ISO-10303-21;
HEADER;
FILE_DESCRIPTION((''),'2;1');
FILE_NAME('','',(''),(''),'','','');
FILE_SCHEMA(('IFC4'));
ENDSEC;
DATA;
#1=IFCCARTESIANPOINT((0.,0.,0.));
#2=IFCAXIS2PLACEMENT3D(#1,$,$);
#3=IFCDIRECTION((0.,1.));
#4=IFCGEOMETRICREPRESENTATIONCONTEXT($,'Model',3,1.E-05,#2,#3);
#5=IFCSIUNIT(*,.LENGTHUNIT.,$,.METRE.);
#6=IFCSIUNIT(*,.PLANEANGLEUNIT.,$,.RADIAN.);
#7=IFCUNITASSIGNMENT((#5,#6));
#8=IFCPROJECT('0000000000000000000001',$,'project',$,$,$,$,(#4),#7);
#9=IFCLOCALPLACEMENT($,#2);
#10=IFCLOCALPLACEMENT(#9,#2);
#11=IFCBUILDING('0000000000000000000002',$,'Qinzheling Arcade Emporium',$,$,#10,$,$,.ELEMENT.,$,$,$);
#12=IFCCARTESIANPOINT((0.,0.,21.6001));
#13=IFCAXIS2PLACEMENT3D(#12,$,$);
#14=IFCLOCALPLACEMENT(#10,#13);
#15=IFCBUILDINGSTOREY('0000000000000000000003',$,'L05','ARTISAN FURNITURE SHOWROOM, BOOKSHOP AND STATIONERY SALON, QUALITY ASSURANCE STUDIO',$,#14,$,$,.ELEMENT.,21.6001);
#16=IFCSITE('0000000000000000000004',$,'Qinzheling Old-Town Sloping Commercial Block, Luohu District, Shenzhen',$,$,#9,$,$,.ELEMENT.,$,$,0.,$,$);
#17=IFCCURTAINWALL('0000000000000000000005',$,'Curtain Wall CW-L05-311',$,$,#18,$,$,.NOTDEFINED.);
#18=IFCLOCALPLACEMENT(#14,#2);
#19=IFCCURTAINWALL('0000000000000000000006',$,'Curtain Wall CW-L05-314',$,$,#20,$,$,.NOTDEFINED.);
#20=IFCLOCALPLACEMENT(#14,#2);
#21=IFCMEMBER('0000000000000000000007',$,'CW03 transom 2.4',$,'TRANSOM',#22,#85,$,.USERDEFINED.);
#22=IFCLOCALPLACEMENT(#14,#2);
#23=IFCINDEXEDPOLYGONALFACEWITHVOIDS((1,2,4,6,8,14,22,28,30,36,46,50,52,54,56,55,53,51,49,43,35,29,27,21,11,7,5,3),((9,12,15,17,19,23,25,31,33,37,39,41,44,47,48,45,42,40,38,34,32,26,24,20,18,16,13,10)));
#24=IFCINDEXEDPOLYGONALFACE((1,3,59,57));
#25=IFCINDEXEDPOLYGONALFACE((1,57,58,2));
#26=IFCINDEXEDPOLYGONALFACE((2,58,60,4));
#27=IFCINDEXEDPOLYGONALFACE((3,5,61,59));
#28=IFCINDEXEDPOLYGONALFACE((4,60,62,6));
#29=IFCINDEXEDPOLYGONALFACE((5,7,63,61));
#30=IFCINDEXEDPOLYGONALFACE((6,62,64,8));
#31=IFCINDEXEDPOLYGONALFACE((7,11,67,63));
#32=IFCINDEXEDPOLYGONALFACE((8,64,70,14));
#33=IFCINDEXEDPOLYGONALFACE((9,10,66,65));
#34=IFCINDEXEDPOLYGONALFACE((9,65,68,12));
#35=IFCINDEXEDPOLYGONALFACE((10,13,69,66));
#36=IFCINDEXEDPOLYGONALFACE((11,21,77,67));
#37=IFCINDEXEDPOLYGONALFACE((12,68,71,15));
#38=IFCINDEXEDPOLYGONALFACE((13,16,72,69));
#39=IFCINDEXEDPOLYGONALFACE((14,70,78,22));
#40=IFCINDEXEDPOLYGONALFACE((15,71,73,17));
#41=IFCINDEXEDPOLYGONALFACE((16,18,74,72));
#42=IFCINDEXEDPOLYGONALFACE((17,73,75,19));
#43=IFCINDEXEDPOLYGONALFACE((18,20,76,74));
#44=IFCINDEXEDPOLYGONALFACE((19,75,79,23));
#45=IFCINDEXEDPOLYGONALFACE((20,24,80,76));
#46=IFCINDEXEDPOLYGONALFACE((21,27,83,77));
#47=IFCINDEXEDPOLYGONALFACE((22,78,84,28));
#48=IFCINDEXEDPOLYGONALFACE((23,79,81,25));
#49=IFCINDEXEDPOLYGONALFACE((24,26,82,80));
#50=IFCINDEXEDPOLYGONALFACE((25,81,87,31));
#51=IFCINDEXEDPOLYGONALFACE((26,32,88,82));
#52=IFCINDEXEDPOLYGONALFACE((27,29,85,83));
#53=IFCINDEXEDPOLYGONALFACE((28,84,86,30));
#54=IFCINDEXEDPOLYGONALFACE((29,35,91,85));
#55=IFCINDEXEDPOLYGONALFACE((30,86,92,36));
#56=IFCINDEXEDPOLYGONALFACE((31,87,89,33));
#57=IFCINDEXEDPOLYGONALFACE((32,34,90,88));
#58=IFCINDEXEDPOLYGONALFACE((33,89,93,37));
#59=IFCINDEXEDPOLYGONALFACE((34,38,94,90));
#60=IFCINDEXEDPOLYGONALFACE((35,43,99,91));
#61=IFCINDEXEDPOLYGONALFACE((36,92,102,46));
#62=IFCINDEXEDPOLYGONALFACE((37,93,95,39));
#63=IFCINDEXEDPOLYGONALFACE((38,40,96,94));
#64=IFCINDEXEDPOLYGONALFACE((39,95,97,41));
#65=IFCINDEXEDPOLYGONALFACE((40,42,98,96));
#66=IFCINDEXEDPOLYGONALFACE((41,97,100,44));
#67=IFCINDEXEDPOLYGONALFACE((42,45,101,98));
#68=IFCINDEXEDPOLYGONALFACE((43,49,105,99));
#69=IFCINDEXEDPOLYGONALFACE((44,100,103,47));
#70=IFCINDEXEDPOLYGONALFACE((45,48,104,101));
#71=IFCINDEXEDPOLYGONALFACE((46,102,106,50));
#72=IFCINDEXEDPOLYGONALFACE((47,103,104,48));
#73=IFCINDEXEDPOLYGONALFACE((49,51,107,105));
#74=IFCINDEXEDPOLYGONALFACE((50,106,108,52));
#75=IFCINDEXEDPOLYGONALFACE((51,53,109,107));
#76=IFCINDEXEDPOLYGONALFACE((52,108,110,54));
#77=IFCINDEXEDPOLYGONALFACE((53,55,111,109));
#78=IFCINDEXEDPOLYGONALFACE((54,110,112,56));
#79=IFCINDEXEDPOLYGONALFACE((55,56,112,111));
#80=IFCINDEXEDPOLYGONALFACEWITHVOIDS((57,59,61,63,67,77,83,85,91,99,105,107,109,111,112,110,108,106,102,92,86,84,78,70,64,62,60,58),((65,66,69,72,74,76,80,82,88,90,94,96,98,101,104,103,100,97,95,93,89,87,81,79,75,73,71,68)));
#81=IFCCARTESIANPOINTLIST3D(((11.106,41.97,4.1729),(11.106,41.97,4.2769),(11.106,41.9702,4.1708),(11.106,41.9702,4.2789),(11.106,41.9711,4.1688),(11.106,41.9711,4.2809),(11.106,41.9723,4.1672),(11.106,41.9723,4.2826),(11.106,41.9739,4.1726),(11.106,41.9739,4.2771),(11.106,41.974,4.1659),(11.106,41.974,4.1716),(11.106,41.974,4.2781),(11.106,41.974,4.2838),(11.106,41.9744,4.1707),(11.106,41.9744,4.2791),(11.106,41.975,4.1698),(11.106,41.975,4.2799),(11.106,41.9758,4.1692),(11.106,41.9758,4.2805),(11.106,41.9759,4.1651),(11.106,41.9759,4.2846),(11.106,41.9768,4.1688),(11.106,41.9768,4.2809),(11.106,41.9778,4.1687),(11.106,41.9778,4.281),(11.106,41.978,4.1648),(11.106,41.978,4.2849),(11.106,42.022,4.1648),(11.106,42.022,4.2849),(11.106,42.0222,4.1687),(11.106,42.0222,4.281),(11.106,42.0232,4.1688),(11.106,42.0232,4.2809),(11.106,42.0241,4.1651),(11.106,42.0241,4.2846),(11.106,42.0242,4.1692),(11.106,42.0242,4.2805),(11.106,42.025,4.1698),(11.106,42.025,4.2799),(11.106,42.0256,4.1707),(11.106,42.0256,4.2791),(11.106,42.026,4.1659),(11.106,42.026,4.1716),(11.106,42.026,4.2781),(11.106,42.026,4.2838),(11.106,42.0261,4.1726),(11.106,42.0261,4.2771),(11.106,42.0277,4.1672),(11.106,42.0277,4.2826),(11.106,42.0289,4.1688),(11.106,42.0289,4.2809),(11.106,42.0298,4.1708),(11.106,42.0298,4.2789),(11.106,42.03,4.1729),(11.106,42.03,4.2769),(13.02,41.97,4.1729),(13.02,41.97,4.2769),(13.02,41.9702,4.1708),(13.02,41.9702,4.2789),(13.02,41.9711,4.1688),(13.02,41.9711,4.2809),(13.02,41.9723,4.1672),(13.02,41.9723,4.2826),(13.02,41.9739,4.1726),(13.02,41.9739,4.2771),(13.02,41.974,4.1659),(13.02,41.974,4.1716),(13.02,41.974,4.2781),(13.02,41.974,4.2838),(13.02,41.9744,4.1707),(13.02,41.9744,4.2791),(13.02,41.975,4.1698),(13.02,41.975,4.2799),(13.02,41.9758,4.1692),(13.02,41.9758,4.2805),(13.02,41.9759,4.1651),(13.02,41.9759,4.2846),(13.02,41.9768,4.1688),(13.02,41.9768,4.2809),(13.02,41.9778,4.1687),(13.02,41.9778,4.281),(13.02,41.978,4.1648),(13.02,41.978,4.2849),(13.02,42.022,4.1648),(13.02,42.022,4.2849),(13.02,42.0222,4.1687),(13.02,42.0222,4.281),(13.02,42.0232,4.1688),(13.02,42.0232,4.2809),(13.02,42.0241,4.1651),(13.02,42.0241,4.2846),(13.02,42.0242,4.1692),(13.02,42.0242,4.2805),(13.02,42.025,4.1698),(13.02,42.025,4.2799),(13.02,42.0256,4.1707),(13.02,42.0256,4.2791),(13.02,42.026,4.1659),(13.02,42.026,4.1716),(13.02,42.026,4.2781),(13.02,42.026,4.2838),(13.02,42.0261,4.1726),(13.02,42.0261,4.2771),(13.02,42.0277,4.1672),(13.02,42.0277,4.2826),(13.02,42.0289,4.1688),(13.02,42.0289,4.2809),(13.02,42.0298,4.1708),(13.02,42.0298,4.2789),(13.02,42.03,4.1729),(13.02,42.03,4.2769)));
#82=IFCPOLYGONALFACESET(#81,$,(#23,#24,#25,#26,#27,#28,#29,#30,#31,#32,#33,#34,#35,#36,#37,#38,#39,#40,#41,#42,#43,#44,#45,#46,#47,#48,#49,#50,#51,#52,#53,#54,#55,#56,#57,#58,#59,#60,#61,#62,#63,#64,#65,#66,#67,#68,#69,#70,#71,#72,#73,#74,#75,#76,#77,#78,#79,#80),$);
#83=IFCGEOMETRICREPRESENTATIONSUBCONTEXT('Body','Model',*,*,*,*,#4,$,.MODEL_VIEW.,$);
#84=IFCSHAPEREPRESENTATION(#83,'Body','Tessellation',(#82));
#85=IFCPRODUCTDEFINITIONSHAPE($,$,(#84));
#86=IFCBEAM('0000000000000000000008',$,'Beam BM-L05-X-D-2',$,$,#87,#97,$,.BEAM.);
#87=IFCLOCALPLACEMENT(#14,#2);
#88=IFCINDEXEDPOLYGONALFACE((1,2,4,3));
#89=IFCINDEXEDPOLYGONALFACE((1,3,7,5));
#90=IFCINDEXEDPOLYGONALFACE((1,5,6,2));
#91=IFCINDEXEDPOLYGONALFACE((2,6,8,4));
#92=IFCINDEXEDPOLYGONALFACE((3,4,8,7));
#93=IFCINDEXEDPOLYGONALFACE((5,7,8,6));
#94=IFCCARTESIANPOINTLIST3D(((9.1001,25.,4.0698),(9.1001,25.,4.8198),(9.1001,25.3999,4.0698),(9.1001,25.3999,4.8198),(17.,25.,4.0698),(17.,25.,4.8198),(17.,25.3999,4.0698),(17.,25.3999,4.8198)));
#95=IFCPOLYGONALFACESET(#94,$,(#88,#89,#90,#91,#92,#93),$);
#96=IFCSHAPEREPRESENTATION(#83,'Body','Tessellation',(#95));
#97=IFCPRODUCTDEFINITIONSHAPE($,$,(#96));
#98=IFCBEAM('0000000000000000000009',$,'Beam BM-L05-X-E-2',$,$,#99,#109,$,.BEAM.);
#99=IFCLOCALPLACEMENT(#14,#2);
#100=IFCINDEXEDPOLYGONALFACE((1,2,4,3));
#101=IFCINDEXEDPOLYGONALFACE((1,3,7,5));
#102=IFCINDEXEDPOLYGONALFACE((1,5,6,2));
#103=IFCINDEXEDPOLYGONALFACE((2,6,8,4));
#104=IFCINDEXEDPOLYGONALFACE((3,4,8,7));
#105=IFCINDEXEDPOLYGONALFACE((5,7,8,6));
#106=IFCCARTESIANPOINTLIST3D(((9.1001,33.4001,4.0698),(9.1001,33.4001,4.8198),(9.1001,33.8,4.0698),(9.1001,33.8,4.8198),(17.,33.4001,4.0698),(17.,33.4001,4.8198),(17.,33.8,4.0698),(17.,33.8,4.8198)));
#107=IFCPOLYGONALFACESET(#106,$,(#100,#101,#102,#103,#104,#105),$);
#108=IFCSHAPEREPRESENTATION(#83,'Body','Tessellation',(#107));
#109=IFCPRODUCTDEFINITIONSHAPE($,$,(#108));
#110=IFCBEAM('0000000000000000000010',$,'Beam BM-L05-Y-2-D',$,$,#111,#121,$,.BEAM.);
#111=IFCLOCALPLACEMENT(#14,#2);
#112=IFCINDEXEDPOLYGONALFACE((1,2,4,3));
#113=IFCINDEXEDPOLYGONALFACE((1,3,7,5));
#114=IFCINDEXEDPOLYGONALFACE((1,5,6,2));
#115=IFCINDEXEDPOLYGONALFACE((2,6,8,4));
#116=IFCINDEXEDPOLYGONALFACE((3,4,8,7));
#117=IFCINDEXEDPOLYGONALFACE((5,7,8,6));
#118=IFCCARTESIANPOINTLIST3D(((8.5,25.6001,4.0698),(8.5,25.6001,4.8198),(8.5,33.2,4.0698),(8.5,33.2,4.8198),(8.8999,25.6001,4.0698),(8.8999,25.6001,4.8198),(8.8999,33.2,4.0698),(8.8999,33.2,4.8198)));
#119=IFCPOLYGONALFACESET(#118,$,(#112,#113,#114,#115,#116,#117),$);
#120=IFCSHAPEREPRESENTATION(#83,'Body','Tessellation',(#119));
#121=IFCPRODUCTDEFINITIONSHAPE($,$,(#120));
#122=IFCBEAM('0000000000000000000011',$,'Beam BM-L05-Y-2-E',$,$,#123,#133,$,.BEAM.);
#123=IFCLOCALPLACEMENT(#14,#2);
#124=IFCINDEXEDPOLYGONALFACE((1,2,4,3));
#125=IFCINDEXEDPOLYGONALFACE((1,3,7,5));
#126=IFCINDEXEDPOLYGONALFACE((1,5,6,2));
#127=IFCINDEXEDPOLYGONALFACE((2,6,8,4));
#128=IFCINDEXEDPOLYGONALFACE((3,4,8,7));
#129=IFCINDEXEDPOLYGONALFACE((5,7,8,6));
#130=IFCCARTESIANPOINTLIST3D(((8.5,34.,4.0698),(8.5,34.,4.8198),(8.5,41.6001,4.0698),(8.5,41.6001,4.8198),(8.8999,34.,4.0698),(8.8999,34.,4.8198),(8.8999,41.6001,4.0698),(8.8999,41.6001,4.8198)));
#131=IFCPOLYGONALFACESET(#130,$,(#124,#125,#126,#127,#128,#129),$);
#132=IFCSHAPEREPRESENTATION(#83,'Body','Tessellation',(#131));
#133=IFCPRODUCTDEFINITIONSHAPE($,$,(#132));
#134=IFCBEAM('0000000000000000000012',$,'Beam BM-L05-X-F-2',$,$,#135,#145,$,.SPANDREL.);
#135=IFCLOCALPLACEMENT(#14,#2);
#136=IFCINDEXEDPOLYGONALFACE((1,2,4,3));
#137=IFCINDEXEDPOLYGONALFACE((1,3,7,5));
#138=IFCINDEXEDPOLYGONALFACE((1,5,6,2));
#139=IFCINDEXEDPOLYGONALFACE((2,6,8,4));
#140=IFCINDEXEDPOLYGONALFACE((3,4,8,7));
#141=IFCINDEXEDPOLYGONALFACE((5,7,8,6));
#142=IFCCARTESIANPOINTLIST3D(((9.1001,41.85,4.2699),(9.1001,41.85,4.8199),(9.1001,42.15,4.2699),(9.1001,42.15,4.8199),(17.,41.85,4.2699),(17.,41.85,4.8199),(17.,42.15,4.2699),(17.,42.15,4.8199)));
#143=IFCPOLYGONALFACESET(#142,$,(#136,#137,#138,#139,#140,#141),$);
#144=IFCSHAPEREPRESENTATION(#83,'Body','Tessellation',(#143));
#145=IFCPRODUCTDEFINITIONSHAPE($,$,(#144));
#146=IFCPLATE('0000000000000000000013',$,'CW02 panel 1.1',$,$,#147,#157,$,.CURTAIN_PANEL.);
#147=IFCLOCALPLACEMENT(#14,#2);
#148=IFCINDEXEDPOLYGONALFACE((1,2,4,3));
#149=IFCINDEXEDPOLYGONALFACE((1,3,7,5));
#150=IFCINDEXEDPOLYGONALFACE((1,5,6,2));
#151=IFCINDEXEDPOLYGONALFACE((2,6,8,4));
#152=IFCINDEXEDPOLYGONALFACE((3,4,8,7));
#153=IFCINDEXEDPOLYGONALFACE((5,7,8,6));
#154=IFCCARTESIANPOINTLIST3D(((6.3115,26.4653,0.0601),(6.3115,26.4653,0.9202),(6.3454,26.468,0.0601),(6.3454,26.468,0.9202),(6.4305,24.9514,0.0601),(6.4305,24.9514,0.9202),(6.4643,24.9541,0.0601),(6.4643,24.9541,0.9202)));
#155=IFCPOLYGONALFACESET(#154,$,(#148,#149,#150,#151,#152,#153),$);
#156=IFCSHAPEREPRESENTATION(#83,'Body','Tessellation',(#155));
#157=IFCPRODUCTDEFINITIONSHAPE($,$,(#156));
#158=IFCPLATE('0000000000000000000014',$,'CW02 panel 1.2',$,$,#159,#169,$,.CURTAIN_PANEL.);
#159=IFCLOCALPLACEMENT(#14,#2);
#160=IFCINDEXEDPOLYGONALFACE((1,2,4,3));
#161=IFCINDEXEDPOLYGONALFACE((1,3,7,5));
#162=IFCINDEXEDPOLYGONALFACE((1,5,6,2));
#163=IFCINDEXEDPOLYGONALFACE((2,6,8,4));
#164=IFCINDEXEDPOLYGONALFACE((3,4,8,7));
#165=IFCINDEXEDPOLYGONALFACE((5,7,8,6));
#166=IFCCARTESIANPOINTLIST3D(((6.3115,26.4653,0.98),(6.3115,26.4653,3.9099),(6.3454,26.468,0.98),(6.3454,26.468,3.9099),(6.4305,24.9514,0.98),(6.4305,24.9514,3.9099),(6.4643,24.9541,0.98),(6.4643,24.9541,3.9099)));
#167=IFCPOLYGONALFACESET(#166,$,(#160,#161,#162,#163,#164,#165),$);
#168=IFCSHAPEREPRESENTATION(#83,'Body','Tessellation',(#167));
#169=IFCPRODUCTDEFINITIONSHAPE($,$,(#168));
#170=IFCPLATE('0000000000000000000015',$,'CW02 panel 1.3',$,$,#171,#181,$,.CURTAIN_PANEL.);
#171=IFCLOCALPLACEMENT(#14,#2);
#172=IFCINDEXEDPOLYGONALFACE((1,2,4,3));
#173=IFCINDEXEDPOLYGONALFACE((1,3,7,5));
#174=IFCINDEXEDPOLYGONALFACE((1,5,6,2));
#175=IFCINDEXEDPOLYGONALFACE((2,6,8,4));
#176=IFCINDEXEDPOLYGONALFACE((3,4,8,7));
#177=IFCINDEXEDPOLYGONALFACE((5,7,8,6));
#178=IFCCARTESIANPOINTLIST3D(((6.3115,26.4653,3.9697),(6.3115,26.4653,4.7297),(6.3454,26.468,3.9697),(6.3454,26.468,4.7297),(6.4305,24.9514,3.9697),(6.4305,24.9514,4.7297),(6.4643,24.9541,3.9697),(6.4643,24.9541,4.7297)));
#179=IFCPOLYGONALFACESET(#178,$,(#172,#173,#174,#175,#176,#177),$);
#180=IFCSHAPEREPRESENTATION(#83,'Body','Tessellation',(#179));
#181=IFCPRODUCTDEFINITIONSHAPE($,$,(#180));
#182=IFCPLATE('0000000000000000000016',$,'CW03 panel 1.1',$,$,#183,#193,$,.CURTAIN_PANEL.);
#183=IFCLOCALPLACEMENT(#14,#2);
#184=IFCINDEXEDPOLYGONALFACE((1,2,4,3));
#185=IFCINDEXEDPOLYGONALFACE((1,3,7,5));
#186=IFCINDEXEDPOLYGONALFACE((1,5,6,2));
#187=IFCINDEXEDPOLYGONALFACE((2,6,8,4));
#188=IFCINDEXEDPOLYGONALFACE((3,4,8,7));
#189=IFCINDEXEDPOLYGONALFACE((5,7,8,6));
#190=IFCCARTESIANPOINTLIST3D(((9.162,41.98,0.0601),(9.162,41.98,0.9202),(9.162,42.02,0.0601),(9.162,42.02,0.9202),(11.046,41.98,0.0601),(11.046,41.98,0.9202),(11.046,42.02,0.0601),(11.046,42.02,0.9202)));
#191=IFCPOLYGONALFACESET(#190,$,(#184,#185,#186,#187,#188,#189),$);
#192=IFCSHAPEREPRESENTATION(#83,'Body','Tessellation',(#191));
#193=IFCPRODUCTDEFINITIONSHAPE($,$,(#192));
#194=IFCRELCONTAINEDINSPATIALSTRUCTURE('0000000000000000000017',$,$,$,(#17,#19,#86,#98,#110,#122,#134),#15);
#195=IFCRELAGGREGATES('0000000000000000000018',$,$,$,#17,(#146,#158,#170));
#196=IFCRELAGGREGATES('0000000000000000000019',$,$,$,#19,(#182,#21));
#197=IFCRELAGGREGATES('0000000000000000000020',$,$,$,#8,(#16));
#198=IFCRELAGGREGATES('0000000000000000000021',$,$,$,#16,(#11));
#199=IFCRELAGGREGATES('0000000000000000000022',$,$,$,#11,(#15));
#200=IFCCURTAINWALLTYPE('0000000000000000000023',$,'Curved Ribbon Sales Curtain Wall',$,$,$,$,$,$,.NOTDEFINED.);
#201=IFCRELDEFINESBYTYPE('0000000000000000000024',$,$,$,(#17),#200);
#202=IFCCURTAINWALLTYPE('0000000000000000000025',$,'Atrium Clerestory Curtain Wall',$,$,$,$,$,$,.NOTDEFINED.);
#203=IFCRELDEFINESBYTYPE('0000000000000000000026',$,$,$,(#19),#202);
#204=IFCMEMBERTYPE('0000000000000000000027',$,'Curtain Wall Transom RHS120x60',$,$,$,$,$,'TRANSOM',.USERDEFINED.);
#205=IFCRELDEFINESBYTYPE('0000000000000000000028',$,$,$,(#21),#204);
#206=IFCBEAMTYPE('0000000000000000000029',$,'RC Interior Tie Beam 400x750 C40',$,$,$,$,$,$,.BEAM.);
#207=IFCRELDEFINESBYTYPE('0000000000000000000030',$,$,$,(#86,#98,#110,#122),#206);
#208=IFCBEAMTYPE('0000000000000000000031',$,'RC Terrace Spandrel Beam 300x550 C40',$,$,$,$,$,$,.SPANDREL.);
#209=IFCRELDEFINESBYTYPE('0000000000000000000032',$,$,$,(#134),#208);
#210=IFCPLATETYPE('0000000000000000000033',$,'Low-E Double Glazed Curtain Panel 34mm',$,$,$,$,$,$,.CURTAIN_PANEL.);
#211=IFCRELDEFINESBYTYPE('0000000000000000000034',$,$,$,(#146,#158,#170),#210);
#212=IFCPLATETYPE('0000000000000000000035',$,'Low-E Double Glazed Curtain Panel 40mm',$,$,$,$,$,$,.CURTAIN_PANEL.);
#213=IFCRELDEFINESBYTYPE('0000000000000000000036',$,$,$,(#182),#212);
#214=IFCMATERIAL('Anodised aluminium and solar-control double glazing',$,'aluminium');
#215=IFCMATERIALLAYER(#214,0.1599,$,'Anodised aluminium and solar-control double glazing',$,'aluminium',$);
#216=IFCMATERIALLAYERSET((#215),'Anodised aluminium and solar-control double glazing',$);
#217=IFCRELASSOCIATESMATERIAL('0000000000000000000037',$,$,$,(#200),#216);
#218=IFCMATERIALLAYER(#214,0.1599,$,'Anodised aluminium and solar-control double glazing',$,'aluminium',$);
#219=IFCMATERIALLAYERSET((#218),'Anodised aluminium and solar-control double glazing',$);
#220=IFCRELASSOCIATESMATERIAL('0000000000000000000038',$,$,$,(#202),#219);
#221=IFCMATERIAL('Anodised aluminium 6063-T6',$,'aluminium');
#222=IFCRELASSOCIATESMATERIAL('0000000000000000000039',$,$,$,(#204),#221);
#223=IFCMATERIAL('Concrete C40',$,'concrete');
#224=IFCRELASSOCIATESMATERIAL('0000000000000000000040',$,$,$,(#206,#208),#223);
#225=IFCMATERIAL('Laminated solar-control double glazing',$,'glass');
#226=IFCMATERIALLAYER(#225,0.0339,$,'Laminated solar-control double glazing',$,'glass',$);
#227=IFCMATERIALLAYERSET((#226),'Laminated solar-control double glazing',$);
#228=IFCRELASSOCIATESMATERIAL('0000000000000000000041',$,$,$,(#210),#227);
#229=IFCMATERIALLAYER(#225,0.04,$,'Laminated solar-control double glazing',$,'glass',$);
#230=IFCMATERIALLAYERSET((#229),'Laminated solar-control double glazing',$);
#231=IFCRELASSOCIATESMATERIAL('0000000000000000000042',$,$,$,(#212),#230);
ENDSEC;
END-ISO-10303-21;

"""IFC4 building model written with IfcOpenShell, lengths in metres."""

from ifc_helpers import new_model, si_unit, direction, frame, origin, origin_2d, place, context, subcontext, project, spatial, rectangle, hollow_rectangle, extrude, material, layer, layer_set, material_profile, profile_set, type_object, element, aggregate, save


model = new_model("IFC4")

# Units and contexts
model_context = context("Model", 3, precision=1e-05, world=origin(), true_north=direction((0.0, 1.0)))
body_context = subcontext(model_context, "Body", "Model", "MODEL_VIEW")
ifc_project = project(units=[si_unit("LENGTHUNIT", "METRE"), si_unit("PLANEANGLEUNIT", "RADIAN")], contexts=[model_context])

# Site, building, storey
site_placement = place(None, origin())
site = spatial("IfcSite", under=ifc_project, at=site_placement, Name="Qinzheling Old-Town Sloping Commercial Block, Luohu District, Shenzhen", CompositionType="ELEMENT", RefElevation=0.0)
building_placement = place(site_placement, origin())
building = spatial("IfcBuilding", under=site, at=building_placement, Name="Qinzheling Arcade Emporium", CompositionType="ELEMENT")
storey_placement = place(building_placement, frame((0.0, 0.0, 21.6001)))
storey = spatial("IfcBuildingStorey", under=building, at=storey_placement, Name="L05", Description="ARTISAN FURNITURE SHOWROOM, BOOKSHOP AND STATIONERY SALON, QUALITY ASSURANCE STUDIO", CompositionType="ELEMENT", Elevation=21.6001)

# Shared definitions
ifc_material_1 = material(Name="Concrete C40", Category="concrete")

# Curtain wall
ifc_material_2 = material(Name="Anodised aluminium and solar-control double glazing", Category="aluminium")
ifc_layer_1 = layer(ifc_material_2, 0.1599, Name="Anodised aluminium and solar-control double glazing", Category="aluminium")
ifc_layer_set_1 = layer_set([ifc_layer_1], Name="Anodised aluminium and solar-control double glazing")
curtain_wall_type_1 = type_object("IfcCurtainWallType", Name="Curved Ribbon Sales Curtain Wall", PredefinedType="NOTDEFINED", material=ifc_layer_set_1)
curtain_wall_1_placement = place(storey_placement, origin())
curtain_wall_1 = element("IfcCurtainWall", 1, at=curtain_wall_1_placement, inside=storey, type_object=curtain_wall_type_1, Name="Curtain Wall CW-L05-311", PredefinedType="NOTDEFINED")
ifc_material_3 = material(Name="Anodised aluminium 6063-T6", Category="aluminium")

# Curtain wall
ifc_layer_2 = layer(ifc_material_2, 0.1599, Name="Anodised aluminium and solar-control double glazing", Category="aluminium")
ifc_layer_set_2 = layer_set([ifc_layer_2], Name="Anodised aluminium and solar-control double glazing")
curtain_wall_type_2 = type_object("IfcCurtainWallType", Name="Atrium Clerestory Curtain Wall", PredefinedType="NOTDEFINED", material=ifc_layer_set_2)
curtain_wall_2_placement = place(storey_placement, origin())
curtain_wall_2 = element("IfcCurtainWall", 2, at=curtain_wall_2_placement, inside=storey, type_object=curtain_wall_type_2, Name="Curtain Wall CW-L05-314", PredefinedType="NOTDEFINED")

# Member
ifc_material_profile_1 = material_profile(ifc_material_3, hollow_rectangle(XDim=0.0601, YDim=0.1201, WallThickness=0.0039, InnerFilletRadius=0.0039, OuterFilletRadius=0.0081, at=origin_2d()), Name="RHS 120x60x4", Category="aluminium")
ifc_profile_set_1 = profile_set([ifc_material_profile_1], Name="Anodised aluminium 6063-T6")
member_type_1 = type_object("IfcMemberType", Name="Curtain Wall Transom RHS120x60", ElementType="TRANSOM", PredefinedType="USERDEFINED", material=ifc_profile_set_1)
member_1_placement = place(storey_placement, frame((11.106, 42.0, 4.2249), z_axis=(1.0, 0.0, 0.0), x_axis=(0.0, 1.0, 0.0)))
member_1 = element("IfcMember", 3, at=member_1_placement, type_object=member_type_1, Name="CW03 transom 2.4", ObjectType="TRANSOM", PredefinedType="USERDEFINED", context=body_context, shape_type="SweptSolid", body=[
    extrude(hollow_rectangle(XDim=0.0601, YDim=0.1201, WallThickness=0.0039, InnerFilletRadius=0.0039, OuterFilletRadius=0.0081, at=origin_2d()), origin(), (0.0, 0.0, 1.0), 1.9141),
])

# Beams
ifc_material_profile_2 = material_profile(ifc_material_1, rectangle(XDim=0.3999, YDim=0.75, at=origin_2d()), Name="RC 400x750", Category="concrete")
ifc_profile_set_2 = profile_set([ifc_material_profile_2], Name="Concrete C40")
beam_type_1 = type_object("IfcBeamType", Name="RC Interior Tie Beam 400x750 C40", PredefinedType="BEAM", material=ifc_profile_set_2)
for number, where, z_axis, x_axis, name in (
    (4, (9.1001, 25.2, 4.4448), (1.0, 0.0, 0.0), (0.0, 1.0, 0.0), "Beam BM-L05-X-D-2"),
    (5, (9.1001, 33.6001, 4.4448), (1.0, 0.0, 0.0), (0.0, 1.0, 0.0), "Beam BM-L05-X-E-2"),
):
    element("IfcBeam", number, at=place(storey_placement, frame(where, z_axis=z_axis, x_axis=x_axis)), inside=storey, type_object=beam_type_1, Name=name, PredefinedType="BEAM", context=body_context, shape_type="SweptSolid", body=[
        extrude(rectangle(XDim=0.3999, YDim=0.75, at=origin_2d()), origin(), (0.0, 0.0, 1.0), 7.8999),
    ])
beam_1_placement = place(storey_placement, frame((8.7, 25.6001, 4.4448), z_axis=(0.0, 1.0, 0.0), x_axis=(-1.0, 0.0, 0.0)))
element("IfcBeam", 6, at=beam_1_placement, inside=storey, type_object=beam_type_1, Name="Beam BM-L05-Y-2-D", PredefinedType="BEAM", context=body_context, shape_type="SweptSolid", body=[
    extrude(rectangle(XDim=0.3999, YDim=0.75, at=origin_2d()), origin(), (0.0, 0.0, 1.0), 7.5999),
])
beam_2_placement = place(storey_placement, frame((8.7, 34.0, 4.4448), z_axis=(0.0, 1.0, 0.0), x_axis=(-1.0, 0.0, 0.0)))
element("IfcBeam", 7, at=beam_2_placement, inside=storey, type_object=beam_type_1, Name="Beam BM-L05-Y-2-E", PredefinedType="BEAM", context=body_context, shape_type="SweptSolid", body=[
    extrude(rectangle(XDim=0.3999, YDim=0.75, at=origin_2d()), origin(), (0.0, 0.0, 1.0), 7.6001),
])
ifc_material_profile_3 = material_profile(ifc_material_1, rectangle(XDim=0.3, YDim=0.55, at=origin_2d()), Name="RC 300x550", Category="concrete")
ifc_profile_set_3 = profile_set([ifc_material_profile_3], Name="Concrete C40")
beam_type_2 = type_object("IfcBeamType", Name="RC Terrace Spandrel Beam 300x550 C40", PredefinedType="SPANDREL", material=ifc_profile_set_3)
beam_3_placement = place(storey_placement, frame((9.1001, 42.0, 4.5449), z_axis=(1.0, 0.0, 0.0), x_axis=(0.0, 1.0, 0.0)))
element("IfcBeam", 8, at=beam_3_placement, inside=storey, type_object=beam_type_2, Name="Beam BM-L05-X-F-2", PredefinedType="SPANDREL", context=body_context, shape_type="SweptSolid", body=[
    extrude(rectangle(XDim=0.3, YDim=0.55, at=origin_2d()), origin(), (0.0, 0.0, 1.0), 7.8999),
])

# Plates
ifc_material_4 = material(Name="Laminated solar-control double glazing", Category="glass")
ifc_layer_3 = layer(ifc_material_4, 0.0339, Name="Laminated solar-control double glazing", Category="glass")
ifc_layer_set_3 = layer_set([ifc_layer_3], Name="Laminated solar-control double glazing")
plate_type_1 = type_object("IfcPlateType", Name="Low-E Double Glazed Curtain Panel 34mm", PredefinedType="CURTAIN_PANEL", material=ifc_layer_set_3)
plate_1_placement = place(storey_placement, frame((6.3879, 25.7097, 0.0601), z_axis=(0.0, 0.0, 1.0), x_axis=(-0.078337, 0.996927, 0.0)))
plate_1 = element("IfcPlate", 9, at=plate_1_placement, type_object=plate_type_1, Name="CW02 panel 1.1", PredefinedType="CURTAIN_PANEL", context=body_context, shape_type="SweptSolid", body=[
    extrude(rectangle(XDim=1.5186, YDim=0.0339, at=origin_2d()), origin(), (0.0, 0.0, 1.0), 0.8601),
])
plate_2_placement = place(storey_placement, frame((6.3879, 25.7097, 0.98), z_axis=(0.0, 0.0, 1.0), x_axis=(-0.078337, 0.996927, 0.0)))
plate_2 = element("IfcPlate", 10, at=plate_2_placement, type_object=plate_type_1, Name="CW02 panel 1.2", PredefinedType="CURTAIN_PANEL", context=body_context, shape_type="SweptSolid", body=[
    extrude(rectangle(XDim=1.5186, YDim=0.0339, at=origin_2d()), origin(), (0.0, 0.0, 1.0), 2.9299),
])
plate_3_placement = place(storey_placement, frame((6.3879, 25.7097, 3.9697), z_axis=(0.0, 0.0, 1.0), x_axis=(-0.078337, 0.996927, 0.0)))
plate_3 = element("IfcPlate", 11, at=plate_3_placement, type_object=plate_type_1, Name="CW02 panel 1.3", PredefinedType="CURTAIN_PANEL", context=body_context, shape_type="SweptSolid", body=[
    extrude(rectangle(XDim=1.5186, YDim=0.0339, at=origin_2d()), origin(), (0.0, 0.0, 1.0), 0.76),
])
aggregate(curtain_wall_1, [plate_1, plate_2, plate_3])
ifc_layer_4 = layer(ifc_material_4, 0.04, Name="Laminated solar-control double glazing", Category="glass")
ifc_layer_set_4 = layer_set([ifc_layer_4], Name="Laminated solar-control double glazing")
plate_type_2 = type_object("IfcPlateType", Name="Low-E Double Glazed Curtain Panel 40mm", PredefinedType="CURTAIN_PANEL", material=ifc_layer_set_4)
plate_4_placement = place(storey_placement, frame((10.104, 42.0, 0.0601), z_axis=(0.0, 0.0, 1.0), x_axis=(1.0, 0.0, 0.0)))
plate_4 = element("IfcPlate", 12, at=plate_4_placement, type_object=plate_type_2, Name="CW03 panel 1.1", PredefinedType="CURTAIN_PANEL", context=body_context, shape_type="SweptSolid", body=[
    extrude(rectangle(XDim=1.884, YDim=0.04, at=origin_2d()), origin(), (0.0, 0.0, 1.0), 0.8601),
])
aggregate(curtain_wall_2, [plate_4, member_1])

save(model, "model.ifc")
